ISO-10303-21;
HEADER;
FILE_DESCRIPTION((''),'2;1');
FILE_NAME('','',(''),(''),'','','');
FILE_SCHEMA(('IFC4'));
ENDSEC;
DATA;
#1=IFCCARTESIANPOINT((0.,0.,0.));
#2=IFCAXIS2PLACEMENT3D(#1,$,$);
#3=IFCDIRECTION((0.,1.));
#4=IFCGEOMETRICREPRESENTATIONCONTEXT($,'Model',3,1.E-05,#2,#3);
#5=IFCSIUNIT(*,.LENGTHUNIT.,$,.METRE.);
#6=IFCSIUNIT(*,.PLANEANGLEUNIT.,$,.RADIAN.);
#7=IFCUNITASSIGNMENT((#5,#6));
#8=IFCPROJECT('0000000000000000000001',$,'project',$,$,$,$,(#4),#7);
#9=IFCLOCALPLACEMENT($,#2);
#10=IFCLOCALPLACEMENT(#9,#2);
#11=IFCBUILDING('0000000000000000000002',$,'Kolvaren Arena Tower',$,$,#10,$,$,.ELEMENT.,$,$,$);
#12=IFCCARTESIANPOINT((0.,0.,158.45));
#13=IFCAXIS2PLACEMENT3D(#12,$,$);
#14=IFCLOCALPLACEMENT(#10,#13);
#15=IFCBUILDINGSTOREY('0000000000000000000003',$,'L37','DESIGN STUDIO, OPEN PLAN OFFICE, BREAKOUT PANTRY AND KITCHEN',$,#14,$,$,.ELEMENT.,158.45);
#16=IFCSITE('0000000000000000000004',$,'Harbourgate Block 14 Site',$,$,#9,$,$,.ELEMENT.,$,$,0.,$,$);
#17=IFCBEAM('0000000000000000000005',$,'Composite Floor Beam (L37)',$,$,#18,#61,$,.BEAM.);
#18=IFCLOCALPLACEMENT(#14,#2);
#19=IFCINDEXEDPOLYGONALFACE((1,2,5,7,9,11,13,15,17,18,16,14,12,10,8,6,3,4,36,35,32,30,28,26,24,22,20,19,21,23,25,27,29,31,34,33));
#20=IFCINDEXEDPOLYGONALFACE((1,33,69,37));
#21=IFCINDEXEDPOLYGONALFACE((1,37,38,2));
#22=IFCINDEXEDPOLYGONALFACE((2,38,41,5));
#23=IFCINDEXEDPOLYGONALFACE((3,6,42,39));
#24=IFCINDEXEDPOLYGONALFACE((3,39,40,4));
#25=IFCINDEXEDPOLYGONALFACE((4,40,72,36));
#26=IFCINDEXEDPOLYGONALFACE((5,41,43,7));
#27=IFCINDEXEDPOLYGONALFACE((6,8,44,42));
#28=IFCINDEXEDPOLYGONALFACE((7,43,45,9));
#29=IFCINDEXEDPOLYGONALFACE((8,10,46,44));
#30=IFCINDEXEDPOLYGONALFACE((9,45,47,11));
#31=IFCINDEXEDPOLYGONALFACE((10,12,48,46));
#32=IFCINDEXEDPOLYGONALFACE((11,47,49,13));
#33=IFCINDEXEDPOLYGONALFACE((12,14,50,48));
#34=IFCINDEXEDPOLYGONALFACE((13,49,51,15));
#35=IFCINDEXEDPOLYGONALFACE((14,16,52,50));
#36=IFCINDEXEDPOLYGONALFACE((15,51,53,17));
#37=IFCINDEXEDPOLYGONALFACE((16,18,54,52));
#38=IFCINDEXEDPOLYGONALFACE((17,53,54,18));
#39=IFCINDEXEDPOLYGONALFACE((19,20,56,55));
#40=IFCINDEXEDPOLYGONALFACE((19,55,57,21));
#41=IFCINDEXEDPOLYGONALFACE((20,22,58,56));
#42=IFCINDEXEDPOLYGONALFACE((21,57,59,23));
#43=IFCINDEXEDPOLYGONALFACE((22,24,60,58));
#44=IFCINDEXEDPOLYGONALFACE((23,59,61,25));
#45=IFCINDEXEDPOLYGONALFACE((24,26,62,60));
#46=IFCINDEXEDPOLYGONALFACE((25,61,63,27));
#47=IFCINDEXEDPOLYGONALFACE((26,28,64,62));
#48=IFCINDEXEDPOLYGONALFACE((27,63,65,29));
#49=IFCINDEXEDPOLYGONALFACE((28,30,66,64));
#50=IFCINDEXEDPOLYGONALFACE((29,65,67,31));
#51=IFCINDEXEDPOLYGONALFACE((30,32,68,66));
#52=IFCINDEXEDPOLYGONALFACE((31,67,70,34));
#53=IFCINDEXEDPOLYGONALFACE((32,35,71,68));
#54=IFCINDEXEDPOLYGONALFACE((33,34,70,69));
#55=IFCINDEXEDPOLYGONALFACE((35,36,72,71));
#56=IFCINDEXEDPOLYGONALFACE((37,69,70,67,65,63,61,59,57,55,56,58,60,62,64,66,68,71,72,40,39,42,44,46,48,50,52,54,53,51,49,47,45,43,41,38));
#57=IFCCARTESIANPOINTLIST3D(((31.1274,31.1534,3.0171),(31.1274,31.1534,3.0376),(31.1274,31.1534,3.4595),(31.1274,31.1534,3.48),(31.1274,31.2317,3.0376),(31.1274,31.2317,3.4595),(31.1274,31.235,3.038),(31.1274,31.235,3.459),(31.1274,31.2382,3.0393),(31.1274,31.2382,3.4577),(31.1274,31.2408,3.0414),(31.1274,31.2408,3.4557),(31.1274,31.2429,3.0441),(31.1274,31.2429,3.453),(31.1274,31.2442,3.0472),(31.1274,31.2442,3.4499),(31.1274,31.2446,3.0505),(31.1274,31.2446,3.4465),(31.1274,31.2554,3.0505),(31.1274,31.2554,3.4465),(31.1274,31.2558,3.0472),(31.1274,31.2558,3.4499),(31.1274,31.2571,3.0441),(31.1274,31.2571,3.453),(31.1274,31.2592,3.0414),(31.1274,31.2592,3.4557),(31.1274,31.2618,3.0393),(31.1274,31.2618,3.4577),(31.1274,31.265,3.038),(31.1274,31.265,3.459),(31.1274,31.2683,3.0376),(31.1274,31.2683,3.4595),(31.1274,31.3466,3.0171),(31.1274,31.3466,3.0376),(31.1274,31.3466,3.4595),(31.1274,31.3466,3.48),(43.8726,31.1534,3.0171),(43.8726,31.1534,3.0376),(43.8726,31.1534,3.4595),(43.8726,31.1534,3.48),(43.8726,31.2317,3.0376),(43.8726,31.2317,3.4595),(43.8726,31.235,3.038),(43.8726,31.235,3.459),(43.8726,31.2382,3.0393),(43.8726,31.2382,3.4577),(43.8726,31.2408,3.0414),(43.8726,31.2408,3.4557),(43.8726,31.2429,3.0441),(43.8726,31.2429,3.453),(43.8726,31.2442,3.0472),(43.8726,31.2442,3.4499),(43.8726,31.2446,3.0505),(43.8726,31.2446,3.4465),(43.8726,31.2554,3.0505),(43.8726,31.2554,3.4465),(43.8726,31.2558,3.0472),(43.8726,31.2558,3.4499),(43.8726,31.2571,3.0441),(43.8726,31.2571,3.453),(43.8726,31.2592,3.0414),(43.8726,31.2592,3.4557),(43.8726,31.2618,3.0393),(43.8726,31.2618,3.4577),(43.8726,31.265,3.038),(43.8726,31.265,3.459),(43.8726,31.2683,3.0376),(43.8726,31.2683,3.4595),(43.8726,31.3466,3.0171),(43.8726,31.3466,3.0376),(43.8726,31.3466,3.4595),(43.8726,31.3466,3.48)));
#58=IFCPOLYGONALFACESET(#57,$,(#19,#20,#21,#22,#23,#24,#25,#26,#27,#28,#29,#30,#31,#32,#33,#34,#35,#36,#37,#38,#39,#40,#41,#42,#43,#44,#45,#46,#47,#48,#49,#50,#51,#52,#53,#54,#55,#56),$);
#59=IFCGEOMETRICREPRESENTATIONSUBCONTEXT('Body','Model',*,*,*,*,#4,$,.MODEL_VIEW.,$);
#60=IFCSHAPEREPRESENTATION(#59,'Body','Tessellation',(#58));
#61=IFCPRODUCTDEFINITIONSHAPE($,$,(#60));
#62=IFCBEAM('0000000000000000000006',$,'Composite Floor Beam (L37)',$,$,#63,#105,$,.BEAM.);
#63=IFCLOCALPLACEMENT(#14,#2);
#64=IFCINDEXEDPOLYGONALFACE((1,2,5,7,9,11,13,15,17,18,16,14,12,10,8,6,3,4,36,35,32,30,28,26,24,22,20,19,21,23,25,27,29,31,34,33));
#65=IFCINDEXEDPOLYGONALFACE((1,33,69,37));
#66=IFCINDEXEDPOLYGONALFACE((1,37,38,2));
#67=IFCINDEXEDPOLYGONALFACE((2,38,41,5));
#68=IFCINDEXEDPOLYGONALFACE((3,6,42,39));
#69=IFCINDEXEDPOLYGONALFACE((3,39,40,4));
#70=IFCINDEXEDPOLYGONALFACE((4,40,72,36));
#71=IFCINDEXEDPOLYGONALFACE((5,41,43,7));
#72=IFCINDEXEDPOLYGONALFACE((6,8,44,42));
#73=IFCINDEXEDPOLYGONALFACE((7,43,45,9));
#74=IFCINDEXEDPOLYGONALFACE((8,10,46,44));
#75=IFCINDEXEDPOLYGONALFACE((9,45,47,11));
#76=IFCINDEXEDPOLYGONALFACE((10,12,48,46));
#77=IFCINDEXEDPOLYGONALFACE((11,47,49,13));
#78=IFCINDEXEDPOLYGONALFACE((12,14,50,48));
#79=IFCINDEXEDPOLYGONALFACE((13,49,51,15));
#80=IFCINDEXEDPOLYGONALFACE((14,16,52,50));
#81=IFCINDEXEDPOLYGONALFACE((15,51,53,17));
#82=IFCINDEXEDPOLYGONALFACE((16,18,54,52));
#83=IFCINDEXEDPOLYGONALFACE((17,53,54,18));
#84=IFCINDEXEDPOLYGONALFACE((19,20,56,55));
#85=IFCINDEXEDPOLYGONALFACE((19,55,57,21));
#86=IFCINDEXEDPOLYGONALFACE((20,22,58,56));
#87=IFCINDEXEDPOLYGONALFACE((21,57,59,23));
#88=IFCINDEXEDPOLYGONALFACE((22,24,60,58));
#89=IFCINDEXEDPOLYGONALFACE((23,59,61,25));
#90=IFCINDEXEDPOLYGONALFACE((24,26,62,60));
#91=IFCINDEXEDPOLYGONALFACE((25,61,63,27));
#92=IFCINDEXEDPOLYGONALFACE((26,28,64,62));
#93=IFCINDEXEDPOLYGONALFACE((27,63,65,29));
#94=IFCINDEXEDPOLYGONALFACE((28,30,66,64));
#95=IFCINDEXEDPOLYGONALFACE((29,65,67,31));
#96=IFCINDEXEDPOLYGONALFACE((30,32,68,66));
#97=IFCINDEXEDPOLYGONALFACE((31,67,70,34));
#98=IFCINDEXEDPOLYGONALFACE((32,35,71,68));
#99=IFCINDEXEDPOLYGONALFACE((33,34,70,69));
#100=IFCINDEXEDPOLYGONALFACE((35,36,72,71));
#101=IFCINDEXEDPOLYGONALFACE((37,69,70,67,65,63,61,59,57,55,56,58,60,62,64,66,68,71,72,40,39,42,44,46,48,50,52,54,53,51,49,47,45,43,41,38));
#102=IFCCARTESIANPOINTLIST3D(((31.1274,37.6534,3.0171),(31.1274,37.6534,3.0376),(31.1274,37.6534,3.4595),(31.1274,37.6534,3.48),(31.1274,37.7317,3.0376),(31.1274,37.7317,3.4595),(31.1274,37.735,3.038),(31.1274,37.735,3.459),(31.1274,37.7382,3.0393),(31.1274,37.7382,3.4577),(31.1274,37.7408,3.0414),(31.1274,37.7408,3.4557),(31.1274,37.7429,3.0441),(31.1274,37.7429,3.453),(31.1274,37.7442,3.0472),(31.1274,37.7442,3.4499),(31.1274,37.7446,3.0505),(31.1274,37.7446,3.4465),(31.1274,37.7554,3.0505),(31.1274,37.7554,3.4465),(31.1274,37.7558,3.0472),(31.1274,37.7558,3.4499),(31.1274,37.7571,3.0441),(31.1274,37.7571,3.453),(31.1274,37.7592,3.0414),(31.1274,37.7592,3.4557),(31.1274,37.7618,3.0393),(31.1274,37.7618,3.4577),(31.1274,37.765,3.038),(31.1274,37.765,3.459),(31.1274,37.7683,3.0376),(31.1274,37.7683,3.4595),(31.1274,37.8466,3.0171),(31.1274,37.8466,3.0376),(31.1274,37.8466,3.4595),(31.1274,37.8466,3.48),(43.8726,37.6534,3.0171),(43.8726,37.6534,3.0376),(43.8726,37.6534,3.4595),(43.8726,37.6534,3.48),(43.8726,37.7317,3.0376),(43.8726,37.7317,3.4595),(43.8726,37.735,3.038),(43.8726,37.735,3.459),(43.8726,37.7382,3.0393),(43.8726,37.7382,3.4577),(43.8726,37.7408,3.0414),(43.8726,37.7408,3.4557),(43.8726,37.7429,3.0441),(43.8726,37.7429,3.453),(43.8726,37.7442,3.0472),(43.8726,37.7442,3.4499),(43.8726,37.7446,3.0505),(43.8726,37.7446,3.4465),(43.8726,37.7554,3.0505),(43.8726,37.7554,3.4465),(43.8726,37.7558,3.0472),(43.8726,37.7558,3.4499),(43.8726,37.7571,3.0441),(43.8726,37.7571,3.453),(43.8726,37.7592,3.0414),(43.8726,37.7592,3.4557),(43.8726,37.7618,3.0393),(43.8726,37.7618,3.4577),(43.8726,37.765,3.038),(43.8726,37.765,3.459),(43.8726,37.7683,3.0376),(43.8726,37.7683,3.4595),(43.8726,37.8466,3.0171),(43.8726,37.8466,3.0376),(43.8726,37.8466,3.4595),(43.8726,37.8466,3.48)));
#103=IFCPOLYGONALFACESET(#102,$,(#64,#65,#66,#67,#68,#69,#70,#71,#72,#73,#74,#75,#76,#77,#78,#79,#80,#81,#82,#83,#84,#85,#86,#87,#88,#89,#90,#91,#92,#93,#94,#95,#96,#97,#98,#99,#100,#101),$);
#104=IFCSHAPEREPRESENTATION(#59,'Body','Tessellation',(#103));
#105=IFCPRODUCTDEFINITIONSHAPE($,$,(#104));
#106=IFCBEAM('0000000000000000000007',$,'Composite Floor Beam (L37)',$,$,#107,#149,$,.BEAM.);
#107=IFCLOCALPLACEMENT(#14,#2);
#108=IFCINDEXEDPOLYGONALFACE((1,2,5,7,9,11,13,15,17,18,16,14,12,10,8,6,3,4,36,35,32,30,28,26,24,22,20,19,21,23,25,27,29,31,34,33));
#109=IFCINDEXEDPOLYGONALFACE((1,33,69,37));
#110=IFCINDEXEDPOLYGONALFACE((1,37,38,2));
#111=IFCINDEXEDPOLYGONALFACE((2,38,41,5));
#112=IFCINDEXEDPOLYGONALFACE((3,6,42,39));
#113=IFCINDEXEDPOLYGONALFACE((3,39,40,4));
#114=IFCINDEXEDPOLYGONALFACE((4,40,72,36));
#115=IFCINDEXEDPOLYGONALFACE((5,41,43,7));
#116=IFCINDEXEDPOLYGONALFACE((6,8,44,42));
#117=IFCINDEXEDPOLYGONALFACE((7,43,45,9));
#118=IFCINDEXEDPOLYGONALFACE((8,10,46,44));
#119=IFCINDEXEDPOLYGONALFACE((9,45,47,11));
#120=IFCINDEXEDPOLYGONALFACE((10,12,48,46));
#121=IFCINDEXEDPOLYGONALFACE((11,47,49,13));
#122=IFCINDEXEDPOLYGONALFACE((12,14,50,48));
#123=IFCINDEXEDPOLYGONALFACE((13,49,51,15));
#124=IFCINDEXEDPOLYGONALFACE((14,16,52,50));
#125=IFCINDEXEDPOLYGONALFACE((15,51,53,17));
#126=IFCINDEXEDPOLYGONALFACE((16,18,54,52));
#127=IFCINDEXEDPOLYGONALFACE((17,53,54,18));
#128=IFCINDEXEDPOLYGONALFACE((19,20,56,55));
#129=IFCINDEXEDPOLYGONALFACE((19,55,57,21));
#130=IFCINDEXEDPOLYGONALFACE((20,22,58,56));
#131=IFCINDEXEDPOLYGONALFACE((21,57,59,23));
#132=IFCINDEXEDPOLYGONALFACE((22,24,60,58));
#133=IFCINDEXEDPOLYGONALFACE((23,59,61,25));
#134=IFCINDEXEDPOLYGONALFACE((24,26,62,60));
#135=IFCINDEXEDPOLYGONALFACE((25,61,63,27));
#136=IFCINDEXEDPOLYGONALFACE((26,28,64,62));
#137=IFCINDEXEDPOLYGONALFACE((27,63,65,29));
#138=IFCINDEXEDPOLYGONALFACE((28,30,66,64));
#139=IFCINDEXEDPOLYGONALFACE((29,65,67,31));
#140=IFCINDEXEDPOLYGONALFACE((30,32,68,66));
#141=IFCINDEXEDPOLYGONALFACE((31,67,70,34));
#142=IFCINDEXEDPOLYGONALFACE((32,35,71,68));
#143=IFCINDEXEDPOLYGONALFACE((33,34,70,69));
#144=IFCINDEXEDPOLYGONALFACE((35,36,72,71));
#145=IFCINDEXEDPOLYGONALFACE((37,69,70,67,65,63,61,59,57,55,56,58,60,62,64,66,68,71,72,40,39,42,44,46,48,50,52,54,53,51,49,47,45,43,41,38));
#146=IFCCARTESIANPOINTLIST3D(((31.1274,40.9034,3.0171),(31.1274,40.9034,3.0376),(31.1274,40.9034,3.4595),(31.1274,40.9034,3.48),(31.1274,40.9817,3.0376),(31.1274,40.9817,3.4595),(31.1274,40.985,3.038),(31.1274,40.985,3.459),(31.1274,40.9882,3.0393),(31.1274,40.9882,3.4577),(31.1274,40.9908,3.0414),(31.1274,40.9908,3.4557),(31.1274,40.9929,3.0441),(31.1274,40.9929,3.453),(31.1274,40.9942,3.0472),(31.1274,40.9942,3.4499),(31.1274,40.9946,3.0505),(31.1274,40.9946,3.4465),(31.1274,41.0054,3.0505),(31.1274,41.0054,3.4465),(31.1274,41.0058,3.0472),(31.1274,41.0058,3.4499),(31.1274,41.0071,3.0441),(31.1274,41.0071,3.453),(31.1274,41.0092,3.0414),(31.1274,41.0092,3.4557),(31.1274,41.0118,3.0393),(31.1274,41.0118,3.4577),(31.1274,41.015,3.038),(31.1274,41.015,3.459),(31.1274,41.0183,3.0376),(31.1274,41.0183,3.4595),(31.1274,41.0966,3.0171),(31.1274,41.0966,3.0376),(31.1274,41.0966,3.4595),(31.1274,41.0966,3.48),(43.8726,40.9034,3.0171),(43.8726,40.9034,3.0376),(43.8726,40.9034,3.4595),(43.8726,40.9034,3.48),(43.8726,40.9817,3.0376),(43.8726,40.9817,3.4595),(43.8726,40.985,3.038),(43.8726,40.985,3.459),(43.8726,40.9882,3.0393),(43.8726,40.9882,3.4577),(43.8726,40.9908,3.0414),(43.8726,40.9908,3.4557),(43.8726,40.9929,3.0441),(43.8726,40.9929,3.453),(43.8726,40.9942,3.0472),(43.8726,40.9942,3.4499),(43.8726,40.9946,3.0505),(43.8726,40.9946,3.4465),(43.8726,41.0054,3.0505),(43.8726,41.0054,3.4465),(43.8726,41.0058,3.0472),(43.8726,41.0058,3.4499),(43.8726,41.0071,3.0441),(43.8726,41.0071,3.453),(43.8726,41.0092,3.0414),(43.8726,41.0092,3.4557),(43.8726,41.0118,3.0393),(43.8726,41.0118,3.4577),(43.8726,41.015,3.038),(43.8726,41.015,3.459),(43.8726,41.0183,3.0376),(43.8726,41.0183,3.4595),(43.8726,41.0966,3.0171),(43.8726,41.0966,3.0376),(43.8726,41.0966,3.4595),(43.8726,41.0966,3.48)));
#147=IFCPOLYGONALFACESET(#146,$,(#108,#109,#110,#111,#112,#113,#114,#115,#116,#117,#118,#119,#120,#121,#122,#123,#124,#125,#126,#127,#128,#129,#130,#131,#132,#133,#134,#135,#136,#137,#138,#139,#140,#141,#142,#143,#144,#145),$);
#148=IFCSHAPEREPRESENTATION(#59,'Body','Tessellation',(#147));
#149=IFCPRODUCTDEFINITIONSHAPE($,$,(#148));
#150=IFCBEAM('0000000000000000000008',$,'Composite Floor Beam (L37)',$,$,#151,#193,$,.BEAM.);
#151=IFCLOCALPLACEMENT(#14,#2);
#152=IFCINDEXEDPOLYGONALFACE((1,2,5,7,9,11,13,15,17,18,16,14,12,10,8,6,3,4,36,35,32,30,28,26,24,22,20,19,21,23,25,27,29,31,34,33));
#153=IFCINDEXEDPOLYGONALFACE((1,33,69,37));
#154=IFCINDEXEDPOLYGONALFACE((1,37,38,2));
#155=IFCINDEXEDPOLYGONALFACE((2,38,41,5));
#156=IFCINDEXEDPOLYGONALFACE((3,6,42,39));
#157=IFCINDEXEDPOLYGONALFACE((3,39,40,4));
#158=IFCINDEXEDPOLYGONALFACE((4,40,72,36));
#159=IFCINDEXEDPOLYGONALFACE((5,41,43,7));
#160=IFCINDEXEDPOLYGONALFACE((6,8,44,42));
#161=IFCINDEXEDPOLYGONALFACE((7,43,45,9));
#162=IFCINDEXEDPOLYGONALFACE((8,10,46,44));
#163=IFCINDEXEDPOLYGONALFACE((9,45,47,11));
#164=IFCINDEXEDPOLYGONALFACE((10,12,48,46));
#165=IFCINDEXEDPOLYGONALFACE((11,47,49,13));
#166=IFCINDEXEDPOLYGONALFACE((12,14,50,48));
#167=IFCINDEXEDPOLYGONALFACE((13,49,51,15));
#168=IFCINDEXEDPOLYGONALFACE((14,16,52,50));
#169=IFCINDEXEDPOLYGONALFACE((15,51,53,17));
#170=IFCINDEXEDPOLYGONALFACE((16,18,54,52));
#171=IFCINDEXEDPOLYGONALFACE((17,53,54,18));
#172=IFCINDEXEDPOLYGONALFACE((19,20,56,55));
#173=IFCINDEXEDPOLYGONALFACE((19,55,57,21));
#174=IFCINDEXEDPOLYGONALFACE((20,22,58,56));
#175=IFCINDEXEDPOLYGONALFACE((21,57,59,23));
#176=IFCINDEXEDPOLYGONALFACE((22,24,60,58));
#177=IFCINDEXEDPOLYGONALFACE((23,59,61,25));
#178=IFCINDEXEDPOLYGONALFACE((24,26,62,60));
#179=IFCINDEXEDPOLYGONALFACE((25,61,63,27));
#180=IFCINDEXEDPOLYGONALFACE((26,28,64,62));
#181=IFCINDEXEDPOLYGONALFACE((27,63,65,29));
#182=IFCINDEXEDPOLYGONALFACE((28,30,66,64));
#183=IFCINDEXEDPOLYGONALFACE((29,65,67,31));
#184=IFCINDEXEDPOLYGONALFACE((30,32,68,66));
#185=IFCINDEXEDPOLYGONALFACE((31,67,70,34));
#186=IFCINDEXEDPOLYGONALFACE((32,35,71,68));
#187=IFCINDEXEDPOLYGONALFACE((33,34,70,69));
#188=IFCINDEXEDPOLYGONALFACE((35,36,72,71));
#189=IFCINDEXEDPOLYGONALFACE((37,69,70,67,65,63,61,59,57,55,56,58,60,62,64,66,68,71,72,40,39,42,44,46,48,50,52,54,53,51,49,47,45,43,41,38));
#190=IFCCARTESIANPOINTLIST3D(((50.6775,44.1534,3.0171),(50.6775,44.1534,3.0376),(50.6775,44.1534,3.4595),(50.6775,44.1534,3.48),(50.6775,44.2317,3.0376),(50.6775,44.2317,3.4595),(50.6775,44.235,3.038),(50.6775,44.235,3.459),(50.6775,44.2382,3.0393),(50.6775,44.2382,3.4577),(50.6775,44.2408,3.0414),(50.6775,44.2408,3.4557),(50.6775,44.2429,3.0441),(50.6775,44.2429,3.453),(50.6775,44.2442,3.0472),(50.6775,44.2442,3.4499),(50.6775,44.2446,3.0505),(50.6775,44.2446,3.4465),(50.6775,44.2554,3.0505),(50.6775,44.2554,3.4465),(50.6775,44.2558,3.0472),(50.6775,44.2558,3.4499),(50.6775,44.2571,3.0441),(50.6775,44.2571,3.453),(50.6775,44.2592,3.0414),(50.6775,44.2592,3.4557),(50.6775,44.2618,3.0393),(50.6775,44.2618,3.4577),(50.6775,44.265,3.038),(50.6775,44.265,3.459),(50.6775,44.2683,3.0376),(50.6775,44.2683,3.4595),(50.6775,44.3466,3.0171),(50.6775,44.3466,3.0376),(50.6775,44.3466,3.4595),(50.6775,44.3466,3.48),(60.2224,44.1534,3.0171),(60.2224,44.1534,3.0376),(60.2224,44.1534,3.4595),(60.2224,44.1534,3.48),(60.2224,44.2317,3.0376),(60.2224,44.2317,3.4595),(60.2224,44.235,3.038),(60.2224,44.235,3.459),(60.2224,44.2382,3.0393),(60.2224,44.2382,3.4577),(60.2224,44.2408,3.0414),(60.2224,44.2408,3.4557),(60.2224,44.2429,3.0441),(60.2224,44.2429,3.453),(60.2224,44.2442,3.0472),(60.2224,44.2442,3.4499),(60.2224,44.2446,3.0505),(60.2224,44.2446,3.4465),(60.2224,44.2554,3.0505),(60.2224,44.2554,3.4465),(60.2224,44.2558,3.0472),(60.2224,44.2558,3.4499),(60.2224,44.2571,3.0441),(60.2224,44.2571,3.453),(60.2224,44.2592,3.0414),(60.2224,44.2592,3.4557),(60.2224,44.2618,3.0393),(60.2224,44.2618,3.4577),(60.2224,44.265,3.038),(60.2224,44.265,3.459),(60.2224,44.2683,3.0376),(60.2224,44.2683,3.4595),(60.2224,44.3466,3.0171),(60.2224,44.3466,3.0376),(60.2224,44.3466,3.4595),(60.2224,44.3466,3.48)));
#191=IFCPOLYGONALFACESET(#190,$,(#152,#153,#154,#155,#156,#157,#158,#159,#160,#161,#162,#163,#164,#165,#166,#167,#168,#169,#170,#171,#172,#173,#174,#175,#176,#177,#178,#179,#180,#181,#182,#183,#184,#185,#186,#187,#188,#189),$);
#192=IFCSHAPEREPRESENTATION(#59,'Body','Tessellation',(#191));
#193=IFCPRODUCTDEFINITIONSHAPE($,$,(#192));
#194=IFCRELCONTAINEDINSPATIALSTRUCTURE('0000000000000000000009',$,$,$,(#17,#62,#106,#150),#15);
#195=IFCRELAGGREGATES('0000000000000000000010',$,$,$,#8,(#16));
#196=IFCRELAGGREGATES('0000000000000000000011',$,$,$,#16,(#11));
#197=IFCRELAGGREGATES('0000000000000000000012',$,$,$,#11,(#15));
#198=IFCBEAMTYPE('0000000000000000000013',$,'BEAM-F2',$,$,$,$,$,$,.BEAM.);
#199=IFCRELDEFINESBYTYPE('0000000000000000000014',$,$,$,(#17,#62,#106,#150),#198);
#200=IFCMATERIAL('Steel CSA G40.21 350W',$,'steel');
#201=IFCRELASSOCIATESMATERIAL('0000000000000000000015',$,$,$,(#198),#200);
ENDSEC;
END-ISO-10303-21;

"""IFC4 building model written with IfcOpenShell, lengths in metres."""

from ifc_helpers import new_model, si_unit, direction, frame, origin, origin_2d, place, context, subcontext, project, spatial, i_section, extrude, material, material_profile, profile_set, type_object, element, save


model = new_model("IFC4")

# Units and contexts
model_context = context("Model", 3, precision=1e-05, world=origin(), true_north=direction((0.0, 1.0)))
body_context = subcontext(model_context, "Body", "Model", "MODEL_VIEW")
ifc_project = project(units=[si_unit("LENGTHUNIT", "METRE"), si_unit("PLANEANGLEUNIT", "RADIAN")], contexts=[model_context])

# Site, building, storey
site_placement = place(None, origin())
site = spatial("IfcSite", under=ifc_project, at=site_placement, Name="Harbourgate Block 14 Site", CompositionType="ELEMENT", RefElevation=0.0)
building_placement = place(site_placement, origin())
building = spatial("IfcBuilding", under=site, at=building_placement, Name="Kolvaren Arena Tower", CompositionType="ELEMENT")
storey_placement = place(building_placement, frame((0.0, 0.0, 158.45)))
storey = spatial("IfcBuildingStorey", under=building, at=storey_placement, Name="L37", Description="DESIGN STUDIO, OPEN PLAN OFFICE, BREAKOUT PANTRY AND KITCHEN", CompositionType="ELEMENT", Elevation=158.45)

# Beams
ifc_material_1 = material(Name="Steel CSA G40.21 350W", Category="steel")
ifc_material_profile_1 = material_profile(ifc_material_1, i_section(OverallWidth=0.1931, OverallDepth=0.4629, WebThickness=0.0107, FlangeThickness=0.0205, FilletRadius=0.0129, at=origin_2d()), Name="W460x113")
ifc_profile_set_1 = profile_set([ifc_material_profile_1], Name="Steel CSA G40.21 350W")
beam_type_1 = type_object("IfcBeamType", Name="BEAM-F2", PredefinedType="BEAM", material=ifc_profile_set_1)
for number, where, z_axis, x_axis, name in (
    (1, (31.1274, 31.25, 3.2485), (1.0, 0.0, 0.0), (0.0, 1.0, 0.0), "Composite Floor Beam (L37)"),
    (2, (31.1274, 37.75, 3.2485), (1.0, 0.0, 0.0), (0.0, 1.0, 0.0), "Composite Floor Beam (L37)"),
    (3, (31.1274, 41.0, 3.2485), (1.0, 0.0, 0.0), (0.0, 1.0, 0.0), "Composite Floor Beam (L37)"),
):
    element("IfcBeam", number, at=place(storey_placement, frame(where, z_axis=z_axis, x_axis=x_axis)), inside=storey, type_object=beam_type_1, Name=name, PredefinedType="BEAM", context=body_context, shape_type="SweptSolid", body=[
        extrude(i_section(OverallWidth=0.1931, OverallDepth=0.4629, WebThickness=0.0107, FlangeThickness=0.0205, FilletRadius=0.0129, at=origin_2d()), origin(), (0.0, 0.0, 1.0), 12.7451),
    ])
beam_1_placement = place(storey_placement, frame((50.6775, 44.25, 3.2485), z_axis=(1.0, 0.0, 0.0), x_axis=(0.0, 1.0, 0.0)))
element("IfcBeam", 4, at=beam_1_placement, inside=storey, type_object=beam_type_1, Name="Composite Floor Beam (L37)", PredefinedType="BEAM", context=body_context, shape_type="SweptSolid", body=[
    extrude(i_section(OverallWidth=0.1931, OverallDepth=0.4629, WebThickness=0.0107, FlangeThickness=0.0205, FilletRadius=0.0129, at=origin_2d()), origin(), (0.0, 0.0, 1.0), 9.5449),
])

save(model, "model.ifc")
